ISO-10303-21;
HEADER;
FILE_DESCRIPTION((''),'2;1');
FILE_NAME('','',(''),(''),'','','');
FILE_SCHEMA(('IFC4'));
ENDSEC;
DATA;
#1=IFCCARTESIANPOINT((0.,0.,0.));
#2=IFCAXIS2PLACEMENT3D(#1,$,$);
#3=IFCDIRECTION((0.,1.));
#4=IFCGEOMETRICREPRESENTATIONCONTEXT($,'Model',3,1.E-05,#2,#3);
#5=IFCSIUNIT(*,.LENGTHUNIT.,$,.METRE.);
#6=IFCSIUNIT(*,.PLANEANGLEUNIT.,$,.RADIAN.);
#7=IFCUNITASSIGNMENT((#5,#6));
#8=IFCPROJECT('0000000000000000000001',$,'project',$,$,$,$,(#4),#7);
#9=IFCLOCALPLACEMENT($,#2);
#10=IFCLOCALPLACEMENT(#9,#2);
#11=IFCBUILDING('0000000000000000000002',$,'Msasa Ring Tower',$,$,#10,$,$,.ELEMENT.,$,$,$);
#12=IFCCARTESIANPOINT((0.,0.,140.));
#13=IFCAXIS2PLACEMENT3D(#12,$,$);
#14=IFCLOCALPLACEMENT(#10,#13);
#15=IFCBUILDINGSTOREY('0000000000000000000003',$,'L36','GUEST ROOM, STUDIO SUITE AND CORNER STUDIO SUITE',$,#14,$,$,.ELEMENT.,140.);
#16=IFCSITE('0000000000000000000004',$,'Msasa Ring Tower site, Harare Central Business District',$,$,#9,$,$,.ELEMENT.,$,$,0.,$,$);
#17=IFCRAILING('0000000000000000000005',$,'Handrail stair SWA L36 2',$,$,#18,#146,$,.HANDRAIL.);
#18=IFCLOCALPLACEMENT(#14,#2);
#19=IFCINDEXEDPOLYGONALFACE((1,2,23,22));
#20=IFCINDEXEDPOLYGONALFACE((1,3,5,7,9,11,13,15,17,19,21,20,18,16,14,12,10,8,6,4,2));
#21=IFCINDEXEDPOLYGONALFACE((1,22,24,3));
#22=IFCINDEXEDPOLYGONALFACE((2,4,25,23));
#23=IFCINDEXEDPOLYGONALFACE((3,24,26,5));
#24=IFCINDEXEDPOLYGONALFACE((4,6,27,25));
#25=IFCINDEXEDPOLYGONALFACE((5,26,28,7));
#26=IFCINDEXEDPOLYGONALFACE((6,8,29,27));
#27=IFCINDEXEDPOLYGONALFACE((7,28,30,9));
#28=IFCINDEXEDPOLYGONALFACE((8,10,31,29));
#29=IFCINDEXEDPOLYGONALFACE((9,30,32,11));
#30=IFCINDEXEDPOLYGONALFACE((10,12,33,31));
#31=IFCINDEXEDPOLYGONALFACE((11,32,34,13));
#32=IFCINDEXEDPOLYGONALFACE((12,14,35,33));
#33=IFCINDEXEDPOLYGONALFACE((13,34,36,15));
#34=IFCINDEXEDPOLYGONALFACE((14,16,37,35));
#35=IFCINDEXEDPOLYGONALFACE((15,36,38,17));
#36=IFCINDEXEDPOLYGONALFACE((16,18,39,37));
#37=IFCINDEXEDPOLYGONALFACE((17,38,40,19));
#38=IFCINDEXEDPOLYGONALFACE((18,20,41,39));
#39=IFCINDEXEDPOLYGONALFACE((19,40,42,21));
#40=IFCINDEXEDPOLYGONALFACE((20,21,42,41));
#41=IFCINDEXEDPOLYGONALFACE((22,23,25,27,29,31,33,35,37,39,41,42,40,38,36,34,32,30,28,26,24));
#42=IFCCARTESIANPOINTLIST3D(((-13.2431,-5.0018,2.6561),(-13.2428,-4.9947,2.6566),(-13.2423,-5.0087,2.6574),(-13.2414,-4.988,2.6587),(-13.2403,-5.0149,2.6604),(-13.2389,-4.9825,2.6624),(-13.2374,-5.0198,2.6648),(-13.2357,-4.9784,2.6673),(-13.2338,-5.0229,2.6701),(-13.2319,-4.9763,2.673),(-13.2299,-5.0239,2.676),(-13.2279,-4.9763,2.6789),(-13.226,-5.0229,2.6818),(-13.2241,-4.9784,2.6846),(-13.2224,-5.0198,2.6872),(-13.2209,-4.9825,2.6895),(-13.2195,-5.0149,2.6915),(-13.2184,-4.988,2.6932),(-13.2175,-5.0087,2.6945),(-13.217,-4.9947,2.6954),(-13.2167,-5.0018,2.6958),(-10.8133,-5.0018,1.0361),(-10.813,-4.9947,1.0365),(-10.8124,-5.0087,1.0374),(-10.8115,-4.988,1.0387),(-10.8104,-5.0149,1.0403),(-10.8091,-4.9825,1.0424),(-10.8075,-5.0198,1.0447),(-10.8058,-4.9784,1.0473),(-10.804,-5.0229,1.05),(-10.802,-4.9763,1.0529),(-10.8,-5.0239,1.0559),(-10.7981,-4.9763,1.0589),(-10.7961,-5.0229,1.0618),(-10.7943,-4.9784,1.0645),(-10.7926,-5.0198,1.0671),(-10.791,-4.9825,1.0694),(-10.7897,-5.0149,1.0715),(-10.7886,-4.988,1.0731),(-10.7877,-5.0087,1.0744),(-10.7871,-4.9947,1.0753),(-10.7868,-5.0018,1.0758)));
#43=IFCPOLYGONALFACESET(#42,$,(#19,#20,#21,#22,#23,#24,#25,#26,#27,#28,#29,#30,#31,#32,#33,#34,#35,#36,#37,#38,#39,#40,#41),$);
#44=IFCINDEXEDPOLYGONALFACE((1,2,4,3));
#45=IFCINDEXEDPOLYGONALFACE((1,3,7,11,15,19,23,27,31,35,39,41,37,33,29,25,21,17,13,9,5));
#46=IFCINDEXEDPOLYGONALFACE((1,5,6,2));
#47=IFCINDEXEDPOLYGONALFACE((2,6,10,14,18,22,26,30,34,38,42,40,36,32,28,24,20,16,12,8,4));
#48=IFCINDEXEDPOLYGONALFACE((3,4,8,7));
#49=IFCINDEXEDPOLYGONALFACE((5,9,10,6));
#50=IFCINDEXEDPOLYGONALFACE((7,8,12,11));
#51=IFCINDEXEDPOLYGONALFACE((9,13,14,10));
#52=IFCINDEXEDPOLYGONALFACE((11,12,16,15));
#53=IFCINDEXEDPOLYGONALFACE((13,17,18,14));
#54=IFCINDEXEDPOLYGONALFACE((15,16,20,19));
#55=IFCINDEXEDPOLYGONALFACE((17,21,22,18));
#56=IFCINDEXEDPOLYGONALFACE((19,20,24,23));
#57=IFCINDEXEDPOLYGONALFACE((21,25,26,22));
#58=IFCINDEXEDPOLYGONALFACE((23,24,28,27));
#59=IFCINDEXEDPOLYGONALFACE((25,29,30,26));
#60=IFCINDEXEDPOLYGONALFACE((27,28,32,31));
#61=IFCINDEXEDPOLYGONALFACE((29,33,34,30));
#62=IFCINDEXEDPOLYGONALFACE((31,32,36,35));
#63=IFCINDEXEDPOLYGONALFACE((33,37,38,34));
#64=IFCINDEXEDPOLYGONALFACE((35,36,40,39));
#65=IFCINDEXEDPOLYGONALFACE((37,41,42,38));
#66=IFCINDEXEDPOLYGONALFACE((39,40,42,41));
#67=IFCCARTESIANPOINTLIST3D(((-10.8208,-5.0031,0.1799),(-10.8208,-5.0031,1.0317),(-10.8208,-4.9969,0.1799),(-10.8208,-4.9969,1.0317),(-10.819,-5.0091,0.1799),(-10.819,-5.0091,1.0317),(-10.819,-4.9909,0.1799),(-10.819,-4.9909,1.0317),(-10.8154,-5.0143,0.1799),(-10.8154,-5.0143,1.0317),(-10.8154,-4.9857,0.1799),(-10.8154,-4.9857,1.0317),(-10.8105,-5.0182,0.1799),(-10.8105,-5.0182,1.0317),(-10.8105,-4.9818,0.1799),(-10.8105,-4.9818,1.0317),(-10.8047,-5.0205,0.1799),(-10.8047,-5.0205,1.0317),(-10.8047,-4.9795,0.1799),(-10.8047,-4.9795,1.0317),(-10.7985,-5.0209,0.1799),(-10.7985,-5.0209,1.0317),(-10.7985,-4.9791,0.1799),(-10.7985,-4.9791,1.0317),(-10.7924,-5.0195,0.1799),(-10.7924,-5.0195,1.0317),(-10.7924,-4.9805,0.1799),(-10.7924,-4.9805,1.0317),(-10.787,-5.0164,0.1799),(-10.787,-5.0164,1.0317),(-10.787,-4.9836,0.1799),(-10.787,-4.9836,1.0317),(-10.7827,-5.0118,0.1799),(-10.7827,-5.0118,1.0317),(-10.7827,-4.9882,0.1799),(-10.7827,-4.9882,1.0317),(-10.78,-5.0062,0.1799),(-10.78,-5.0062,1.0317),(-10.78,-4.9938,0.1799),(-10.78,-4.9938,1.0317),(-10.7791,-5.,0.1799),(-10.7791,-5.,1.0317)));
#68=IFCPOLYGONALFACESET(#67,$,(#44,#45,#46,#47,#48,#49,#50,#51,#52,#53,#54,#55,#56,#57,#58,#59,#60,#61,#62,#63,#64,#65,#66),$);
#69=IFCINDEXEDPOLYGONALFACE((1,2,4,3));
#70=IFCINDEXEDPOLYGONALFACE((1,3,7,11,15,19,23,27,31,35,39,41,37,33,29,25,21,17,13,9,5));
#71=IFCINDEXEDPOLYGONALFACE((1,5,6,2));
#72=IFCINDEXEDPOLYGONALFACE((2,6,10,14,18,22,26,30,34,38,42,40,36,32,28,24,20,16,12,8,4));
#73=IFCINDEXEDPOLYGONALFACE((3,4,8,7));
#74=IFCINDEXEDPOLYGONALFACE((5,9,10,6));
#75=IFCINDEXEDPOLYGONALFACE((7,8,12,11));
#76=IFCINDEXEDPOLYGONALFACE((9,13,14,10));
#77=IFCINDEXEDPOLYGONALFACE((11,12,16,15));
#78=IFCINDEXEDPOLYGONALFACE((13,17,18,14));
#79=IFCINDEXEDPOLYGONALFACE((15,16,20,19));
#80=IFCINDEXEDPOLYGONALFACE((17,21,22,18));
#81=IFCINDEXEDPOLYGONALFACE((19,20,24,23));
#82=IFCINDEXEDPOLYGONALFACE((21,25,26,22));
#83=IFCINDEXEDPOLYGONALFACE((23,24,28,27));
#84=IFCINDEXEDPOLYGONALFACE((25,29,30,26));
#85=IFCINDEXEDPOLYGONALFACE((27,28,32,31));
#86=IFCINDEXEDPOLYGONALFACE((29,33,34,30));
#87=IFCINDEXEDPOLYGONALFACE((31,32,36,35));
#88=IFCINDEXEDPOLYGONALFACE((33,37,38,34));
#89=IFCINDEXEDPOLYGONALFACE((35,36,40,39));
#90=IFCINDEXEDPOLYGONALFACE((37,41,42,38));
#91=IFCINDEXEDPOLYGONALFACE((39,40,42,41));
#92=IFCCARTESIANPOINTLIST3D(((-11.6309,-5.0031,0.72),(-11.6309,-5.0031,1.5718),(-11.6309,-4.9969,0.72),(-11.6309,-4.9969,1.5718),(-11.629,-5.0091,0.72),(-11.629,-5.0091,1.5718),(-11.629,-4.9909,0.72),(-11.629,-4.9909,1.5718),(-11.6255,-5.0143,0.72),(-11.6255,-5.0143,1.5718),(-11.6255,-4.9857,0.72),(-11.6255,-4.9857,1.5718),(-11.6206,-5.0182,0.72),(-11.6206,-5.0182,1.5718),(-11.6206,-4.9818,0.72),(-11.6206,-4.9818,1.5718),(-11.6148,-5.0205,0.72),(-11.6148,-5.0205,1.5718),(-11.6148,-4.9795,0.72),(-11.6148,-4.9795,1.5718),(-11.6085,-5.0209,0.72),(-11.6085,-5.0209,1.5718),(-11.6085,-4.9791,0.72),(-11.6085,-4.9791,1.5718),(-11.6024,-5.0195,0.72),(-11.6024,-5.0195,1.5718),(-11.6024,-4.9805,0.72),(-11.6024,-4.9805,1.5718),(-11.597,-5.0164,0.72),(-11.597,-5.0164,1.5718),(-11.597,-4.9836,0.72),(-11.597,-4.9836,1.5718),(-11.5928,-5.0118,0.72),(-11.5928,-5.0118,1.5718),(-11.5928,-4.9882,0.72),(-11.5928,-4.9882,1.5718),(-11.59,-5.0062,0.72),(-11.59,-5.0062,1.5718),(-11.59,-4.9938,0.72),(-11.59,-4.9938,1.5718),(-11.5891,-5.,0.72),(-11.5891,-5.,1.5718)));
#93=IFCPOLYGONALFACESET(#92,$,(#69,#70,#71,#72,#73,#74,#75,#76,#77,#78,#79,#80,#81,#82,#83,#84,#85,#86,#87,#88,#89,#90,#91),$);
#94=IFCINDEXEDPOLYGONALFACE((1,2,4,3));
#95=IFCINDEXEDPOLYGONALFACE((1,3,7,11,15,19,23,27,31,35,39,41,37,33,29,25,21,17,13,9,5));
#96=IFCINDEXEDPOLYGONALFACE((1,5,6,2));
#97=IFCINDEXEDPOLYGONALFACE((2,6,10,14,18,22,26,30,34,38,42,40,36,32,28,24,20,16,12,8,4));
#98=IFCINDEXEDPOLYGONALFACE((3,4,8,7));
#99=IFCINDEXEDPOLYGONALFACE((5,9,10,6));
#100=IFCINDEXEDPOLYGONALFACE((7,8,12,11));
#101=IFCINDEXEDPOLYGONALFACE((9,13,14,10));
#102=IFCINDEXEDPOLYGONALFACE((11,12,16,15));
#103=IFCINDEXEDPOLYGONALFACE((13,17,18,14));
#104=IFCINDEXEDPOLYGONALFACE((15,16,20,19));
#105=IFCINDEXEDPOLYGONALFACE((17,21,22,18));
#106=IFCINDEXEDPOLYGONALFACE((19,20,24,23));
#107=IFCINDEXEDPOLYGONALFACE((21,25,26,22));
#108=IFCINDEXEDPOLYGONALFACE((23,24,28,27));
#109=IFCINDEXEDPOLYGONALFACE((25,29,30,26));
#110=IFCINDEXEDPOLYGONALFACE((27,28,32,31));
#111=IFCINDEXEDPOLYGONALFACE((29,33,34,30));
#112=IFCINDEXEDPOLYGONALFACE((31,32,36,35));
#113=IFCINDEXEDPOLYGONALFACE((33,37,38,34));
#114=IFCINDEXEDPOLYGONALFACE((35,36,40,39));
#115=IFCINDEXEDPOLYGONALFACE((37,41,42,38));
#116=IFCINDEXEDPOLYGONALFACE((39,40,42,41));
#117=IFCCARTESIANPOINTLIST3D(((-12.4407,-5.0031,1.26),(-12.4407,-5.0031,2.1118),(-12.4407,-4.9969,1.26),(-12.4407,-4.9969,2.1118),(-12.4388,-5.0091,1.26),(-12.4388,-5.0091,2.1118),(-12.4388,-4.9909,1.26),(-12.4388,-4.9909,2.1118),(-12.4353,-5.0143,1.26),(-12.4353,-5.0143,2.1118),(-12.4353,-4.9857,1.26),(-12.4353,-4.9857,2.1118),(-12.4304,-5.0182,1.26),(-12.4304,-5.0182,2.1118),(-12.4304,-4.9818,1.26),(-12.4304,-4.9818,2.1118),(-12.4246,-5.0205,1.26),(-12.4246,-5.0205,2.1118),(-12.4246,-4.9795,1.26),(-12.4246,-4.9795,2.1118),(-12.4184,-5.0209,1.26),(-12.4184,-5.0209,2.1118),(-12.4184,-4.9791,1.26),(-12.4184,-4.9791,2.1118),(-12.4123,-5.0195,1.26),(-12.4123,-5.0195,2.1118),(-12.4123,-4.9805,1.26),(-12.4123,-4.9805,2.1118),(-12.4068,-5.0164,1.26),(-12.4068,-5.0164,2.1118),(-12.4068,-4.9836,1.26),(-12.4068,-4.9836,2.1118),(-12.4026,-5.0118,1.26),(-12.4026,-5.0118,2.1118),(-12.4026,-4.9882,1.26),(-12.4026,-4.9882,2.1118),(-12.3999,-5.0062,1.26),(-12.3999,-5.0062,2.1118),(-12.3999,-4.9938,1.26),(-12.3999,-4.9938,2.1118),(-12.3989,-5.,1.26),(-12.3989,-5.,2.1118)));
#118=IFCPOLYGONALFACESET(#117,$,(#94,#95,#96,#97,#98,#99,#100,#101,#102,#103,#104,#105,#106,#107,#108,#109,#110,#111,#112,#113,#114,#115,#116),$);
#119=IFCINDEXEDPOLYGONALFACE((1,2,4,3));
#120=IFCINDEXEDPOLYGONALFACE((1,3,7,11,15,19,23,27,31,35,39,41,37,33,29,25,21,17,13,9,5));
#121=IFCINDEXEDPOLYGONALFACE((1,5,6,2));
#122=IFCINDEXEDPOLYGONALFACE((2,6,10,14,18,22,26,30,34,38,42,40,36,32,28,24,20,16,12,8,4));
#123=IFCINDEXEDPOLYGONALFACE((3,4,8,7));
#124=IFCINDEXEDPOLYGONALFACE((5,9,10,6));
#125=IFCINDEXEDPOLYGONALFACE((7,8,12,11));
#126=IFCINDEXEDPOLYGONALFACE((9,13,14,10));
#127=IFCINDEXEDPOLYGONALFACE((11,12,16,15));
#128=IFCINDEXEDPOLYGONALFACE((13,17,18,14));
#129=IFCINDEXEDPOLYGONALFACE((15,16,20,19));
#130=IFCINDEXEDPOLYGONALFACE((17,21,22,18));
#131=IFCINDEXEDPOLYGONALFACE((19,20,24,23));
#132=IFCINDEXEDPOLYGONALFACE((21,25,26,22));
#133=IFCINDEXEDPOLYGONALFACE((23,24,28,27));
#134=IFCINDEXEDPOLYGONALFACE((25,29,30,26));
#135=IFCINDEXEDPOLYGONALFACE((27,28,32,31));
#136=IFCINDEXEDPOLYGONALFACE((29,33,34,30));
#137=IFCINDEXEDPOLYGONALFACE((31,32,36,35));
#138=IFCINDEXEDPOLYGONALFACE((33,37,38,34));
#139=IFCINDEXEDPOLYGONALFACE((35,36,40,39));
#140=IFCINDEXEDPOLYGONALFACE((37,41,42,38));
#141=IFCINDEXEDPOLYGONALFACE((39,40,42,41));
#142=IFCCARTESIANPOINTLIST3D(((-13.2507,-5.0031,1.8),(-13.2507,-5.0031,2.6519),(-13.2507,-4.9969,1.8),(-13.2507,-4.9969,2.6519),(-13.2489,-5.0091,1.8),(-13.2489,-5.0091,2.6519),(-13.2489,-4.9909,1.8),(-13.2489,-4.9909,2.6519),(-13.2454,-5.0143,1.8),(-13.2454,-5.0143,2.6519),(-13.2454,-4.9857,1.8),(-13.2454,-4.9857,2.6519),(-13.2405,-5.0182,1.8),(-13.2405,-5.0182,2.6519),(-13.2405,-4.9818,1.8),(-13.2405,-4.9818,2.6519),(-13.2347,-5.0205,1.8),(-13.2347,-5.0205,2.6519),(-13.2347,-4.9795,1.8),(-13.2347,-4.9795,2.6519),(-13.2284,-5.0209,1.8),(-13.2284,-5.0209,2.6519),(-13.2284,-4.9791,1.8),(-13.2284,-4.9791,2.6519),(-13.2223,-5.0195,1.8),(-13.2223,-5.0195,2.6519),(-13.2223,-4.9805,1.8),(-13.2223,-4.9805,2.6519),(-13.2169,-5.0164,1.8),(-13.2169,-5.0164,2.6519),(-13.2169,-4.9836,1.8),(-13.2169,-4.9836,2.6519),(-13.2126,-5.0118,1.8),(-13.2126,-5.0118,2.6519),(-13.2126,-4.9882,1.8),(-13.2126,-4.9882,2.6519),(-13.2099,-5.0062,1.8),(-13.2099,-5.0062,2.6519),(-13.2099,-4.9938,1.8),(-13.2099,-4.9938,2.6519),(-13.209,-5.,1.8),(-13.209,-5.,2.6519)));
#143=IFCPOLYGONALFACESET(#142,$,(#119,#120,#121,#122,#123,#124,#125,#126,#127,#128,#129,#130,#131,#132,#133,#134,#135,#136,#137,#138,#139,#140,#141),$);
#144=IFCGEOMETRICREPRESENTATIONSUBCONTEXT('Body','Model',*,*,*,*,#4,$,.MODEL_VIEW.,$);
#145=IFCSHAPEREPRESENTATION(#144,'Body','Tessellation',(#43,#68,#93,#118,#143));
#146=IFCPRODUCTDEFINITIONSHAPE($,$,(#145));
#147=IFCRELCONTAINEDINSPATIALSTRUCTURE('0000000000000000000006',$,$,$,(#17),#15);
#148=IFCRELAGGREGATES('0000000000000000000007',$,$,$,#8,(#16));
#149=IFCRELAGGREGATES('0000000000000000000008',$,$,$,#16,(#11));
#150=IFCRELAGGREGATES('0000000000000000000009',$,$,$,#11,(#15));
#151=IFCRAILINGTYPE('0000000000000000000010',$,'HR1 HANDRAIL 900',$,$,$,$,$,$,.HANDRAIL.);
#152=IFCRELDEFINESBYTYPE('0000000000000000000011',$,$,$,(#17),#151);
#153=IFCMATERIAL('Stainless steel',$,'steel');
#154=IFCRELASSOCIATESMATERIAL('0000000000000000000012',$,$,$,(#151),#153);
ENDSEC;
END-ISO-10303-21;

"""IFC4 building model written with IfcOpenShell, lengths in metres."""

from ifc_helpers import new_model, si_unit, direction, frame, origin, origin_2d, place, context, subcontext, project, spatial, circle, extrude, material, type_object, element, save


model = new_model("IFC4")

# Units and contexts
model_context = context("Model", 3, precision=1e-05, world=origin(), true_north=direction((0.0, 1.0)))
body_context = subcontext(model_context, "Body", "Model", "MODEL_VIEW")
ifc_project = project(units=[si_unit("LENGTHUNIT", "METRE"), si_unit("PLANEANGLEUNIT", "RADIAN")], contexts=[model_context])

# Site, building, storey
site_placement = place(None, origin())
site = spatial("IfcSite", under=ifc_project, at=site_placement, Name="Msasa Ring Tower site, Harare Central Business District", CompositionType="ELEMENT", RefElevation=0.0)
building_placement = place(site_placement, origin())
building = spatial("IfcBuilding", under=site, at=building_placement, Name="Msasa Ring Tower", CompositionType="ELEMENT")
storey_placement = place(building_placement, frame((0.0, 0.0, 140.0)))
storey = spatial("IfcBuildingStorey", under=building, at=storey_placement, Name="L36", Description="GUEST ROOM, STUDIO SUITE AND CORNER STUDIO SUITE", CompositionType="ELEMENT", Elevation=140.0)

# Railing
ifc_material_1 = material(Name="Stainless steel", Category="steel")
railing_type = type_object("IfcRailingType", Name="HR1 HANDRAIL 900", PredefinedType="HANDRAIL", material=ifc_material_1)
for number, where, name in (
    (1, (-10.8, -5.0, 0.1799), "Handrail stair SWA L36 2"),
):
    element("IfcRailing", number, at=place(storey_placement, frame(where)), inside=storey, type_object=railing_type, Name=name, PredefinedType="HANDRAIL", context=body_context, shape_type="SweptSolid", body=[
        extrude(circle(Radius=0.0239, at=origin_2d()), frame((0.0, 0.0, 0.876), z_axis=(-0.832025, 0.0, 0.554739), x_axis=(0.0, -1.0, 0.0)), (0.0, 0.0, 1.0), 2.9204),
        extrude(circle(Radius=0.021, at=origin_2d()), origin(), (0.0, 0.0, 1.0), 0.8518),
        extrude(circle(Radius=0.021, at=origin_2d()), frame((-0.8101, 0.0, 0.54)), (0.0, 0.0, 1.0), 0.8518),
        extrude(circle(Radius=0.021, at=origin_2d()), frame((-1.6199, 0.0, 1.0801)), (0.0, 0.0, 1.0), 0.8518),
        extrude(circle(Radius=0.021, at=origin_2d()), frame((-2.4299, 0.0, 1.6201)), (0.0, 0.0, 1.0), 0.8518),
    ])

save(model, "model.ifc")
